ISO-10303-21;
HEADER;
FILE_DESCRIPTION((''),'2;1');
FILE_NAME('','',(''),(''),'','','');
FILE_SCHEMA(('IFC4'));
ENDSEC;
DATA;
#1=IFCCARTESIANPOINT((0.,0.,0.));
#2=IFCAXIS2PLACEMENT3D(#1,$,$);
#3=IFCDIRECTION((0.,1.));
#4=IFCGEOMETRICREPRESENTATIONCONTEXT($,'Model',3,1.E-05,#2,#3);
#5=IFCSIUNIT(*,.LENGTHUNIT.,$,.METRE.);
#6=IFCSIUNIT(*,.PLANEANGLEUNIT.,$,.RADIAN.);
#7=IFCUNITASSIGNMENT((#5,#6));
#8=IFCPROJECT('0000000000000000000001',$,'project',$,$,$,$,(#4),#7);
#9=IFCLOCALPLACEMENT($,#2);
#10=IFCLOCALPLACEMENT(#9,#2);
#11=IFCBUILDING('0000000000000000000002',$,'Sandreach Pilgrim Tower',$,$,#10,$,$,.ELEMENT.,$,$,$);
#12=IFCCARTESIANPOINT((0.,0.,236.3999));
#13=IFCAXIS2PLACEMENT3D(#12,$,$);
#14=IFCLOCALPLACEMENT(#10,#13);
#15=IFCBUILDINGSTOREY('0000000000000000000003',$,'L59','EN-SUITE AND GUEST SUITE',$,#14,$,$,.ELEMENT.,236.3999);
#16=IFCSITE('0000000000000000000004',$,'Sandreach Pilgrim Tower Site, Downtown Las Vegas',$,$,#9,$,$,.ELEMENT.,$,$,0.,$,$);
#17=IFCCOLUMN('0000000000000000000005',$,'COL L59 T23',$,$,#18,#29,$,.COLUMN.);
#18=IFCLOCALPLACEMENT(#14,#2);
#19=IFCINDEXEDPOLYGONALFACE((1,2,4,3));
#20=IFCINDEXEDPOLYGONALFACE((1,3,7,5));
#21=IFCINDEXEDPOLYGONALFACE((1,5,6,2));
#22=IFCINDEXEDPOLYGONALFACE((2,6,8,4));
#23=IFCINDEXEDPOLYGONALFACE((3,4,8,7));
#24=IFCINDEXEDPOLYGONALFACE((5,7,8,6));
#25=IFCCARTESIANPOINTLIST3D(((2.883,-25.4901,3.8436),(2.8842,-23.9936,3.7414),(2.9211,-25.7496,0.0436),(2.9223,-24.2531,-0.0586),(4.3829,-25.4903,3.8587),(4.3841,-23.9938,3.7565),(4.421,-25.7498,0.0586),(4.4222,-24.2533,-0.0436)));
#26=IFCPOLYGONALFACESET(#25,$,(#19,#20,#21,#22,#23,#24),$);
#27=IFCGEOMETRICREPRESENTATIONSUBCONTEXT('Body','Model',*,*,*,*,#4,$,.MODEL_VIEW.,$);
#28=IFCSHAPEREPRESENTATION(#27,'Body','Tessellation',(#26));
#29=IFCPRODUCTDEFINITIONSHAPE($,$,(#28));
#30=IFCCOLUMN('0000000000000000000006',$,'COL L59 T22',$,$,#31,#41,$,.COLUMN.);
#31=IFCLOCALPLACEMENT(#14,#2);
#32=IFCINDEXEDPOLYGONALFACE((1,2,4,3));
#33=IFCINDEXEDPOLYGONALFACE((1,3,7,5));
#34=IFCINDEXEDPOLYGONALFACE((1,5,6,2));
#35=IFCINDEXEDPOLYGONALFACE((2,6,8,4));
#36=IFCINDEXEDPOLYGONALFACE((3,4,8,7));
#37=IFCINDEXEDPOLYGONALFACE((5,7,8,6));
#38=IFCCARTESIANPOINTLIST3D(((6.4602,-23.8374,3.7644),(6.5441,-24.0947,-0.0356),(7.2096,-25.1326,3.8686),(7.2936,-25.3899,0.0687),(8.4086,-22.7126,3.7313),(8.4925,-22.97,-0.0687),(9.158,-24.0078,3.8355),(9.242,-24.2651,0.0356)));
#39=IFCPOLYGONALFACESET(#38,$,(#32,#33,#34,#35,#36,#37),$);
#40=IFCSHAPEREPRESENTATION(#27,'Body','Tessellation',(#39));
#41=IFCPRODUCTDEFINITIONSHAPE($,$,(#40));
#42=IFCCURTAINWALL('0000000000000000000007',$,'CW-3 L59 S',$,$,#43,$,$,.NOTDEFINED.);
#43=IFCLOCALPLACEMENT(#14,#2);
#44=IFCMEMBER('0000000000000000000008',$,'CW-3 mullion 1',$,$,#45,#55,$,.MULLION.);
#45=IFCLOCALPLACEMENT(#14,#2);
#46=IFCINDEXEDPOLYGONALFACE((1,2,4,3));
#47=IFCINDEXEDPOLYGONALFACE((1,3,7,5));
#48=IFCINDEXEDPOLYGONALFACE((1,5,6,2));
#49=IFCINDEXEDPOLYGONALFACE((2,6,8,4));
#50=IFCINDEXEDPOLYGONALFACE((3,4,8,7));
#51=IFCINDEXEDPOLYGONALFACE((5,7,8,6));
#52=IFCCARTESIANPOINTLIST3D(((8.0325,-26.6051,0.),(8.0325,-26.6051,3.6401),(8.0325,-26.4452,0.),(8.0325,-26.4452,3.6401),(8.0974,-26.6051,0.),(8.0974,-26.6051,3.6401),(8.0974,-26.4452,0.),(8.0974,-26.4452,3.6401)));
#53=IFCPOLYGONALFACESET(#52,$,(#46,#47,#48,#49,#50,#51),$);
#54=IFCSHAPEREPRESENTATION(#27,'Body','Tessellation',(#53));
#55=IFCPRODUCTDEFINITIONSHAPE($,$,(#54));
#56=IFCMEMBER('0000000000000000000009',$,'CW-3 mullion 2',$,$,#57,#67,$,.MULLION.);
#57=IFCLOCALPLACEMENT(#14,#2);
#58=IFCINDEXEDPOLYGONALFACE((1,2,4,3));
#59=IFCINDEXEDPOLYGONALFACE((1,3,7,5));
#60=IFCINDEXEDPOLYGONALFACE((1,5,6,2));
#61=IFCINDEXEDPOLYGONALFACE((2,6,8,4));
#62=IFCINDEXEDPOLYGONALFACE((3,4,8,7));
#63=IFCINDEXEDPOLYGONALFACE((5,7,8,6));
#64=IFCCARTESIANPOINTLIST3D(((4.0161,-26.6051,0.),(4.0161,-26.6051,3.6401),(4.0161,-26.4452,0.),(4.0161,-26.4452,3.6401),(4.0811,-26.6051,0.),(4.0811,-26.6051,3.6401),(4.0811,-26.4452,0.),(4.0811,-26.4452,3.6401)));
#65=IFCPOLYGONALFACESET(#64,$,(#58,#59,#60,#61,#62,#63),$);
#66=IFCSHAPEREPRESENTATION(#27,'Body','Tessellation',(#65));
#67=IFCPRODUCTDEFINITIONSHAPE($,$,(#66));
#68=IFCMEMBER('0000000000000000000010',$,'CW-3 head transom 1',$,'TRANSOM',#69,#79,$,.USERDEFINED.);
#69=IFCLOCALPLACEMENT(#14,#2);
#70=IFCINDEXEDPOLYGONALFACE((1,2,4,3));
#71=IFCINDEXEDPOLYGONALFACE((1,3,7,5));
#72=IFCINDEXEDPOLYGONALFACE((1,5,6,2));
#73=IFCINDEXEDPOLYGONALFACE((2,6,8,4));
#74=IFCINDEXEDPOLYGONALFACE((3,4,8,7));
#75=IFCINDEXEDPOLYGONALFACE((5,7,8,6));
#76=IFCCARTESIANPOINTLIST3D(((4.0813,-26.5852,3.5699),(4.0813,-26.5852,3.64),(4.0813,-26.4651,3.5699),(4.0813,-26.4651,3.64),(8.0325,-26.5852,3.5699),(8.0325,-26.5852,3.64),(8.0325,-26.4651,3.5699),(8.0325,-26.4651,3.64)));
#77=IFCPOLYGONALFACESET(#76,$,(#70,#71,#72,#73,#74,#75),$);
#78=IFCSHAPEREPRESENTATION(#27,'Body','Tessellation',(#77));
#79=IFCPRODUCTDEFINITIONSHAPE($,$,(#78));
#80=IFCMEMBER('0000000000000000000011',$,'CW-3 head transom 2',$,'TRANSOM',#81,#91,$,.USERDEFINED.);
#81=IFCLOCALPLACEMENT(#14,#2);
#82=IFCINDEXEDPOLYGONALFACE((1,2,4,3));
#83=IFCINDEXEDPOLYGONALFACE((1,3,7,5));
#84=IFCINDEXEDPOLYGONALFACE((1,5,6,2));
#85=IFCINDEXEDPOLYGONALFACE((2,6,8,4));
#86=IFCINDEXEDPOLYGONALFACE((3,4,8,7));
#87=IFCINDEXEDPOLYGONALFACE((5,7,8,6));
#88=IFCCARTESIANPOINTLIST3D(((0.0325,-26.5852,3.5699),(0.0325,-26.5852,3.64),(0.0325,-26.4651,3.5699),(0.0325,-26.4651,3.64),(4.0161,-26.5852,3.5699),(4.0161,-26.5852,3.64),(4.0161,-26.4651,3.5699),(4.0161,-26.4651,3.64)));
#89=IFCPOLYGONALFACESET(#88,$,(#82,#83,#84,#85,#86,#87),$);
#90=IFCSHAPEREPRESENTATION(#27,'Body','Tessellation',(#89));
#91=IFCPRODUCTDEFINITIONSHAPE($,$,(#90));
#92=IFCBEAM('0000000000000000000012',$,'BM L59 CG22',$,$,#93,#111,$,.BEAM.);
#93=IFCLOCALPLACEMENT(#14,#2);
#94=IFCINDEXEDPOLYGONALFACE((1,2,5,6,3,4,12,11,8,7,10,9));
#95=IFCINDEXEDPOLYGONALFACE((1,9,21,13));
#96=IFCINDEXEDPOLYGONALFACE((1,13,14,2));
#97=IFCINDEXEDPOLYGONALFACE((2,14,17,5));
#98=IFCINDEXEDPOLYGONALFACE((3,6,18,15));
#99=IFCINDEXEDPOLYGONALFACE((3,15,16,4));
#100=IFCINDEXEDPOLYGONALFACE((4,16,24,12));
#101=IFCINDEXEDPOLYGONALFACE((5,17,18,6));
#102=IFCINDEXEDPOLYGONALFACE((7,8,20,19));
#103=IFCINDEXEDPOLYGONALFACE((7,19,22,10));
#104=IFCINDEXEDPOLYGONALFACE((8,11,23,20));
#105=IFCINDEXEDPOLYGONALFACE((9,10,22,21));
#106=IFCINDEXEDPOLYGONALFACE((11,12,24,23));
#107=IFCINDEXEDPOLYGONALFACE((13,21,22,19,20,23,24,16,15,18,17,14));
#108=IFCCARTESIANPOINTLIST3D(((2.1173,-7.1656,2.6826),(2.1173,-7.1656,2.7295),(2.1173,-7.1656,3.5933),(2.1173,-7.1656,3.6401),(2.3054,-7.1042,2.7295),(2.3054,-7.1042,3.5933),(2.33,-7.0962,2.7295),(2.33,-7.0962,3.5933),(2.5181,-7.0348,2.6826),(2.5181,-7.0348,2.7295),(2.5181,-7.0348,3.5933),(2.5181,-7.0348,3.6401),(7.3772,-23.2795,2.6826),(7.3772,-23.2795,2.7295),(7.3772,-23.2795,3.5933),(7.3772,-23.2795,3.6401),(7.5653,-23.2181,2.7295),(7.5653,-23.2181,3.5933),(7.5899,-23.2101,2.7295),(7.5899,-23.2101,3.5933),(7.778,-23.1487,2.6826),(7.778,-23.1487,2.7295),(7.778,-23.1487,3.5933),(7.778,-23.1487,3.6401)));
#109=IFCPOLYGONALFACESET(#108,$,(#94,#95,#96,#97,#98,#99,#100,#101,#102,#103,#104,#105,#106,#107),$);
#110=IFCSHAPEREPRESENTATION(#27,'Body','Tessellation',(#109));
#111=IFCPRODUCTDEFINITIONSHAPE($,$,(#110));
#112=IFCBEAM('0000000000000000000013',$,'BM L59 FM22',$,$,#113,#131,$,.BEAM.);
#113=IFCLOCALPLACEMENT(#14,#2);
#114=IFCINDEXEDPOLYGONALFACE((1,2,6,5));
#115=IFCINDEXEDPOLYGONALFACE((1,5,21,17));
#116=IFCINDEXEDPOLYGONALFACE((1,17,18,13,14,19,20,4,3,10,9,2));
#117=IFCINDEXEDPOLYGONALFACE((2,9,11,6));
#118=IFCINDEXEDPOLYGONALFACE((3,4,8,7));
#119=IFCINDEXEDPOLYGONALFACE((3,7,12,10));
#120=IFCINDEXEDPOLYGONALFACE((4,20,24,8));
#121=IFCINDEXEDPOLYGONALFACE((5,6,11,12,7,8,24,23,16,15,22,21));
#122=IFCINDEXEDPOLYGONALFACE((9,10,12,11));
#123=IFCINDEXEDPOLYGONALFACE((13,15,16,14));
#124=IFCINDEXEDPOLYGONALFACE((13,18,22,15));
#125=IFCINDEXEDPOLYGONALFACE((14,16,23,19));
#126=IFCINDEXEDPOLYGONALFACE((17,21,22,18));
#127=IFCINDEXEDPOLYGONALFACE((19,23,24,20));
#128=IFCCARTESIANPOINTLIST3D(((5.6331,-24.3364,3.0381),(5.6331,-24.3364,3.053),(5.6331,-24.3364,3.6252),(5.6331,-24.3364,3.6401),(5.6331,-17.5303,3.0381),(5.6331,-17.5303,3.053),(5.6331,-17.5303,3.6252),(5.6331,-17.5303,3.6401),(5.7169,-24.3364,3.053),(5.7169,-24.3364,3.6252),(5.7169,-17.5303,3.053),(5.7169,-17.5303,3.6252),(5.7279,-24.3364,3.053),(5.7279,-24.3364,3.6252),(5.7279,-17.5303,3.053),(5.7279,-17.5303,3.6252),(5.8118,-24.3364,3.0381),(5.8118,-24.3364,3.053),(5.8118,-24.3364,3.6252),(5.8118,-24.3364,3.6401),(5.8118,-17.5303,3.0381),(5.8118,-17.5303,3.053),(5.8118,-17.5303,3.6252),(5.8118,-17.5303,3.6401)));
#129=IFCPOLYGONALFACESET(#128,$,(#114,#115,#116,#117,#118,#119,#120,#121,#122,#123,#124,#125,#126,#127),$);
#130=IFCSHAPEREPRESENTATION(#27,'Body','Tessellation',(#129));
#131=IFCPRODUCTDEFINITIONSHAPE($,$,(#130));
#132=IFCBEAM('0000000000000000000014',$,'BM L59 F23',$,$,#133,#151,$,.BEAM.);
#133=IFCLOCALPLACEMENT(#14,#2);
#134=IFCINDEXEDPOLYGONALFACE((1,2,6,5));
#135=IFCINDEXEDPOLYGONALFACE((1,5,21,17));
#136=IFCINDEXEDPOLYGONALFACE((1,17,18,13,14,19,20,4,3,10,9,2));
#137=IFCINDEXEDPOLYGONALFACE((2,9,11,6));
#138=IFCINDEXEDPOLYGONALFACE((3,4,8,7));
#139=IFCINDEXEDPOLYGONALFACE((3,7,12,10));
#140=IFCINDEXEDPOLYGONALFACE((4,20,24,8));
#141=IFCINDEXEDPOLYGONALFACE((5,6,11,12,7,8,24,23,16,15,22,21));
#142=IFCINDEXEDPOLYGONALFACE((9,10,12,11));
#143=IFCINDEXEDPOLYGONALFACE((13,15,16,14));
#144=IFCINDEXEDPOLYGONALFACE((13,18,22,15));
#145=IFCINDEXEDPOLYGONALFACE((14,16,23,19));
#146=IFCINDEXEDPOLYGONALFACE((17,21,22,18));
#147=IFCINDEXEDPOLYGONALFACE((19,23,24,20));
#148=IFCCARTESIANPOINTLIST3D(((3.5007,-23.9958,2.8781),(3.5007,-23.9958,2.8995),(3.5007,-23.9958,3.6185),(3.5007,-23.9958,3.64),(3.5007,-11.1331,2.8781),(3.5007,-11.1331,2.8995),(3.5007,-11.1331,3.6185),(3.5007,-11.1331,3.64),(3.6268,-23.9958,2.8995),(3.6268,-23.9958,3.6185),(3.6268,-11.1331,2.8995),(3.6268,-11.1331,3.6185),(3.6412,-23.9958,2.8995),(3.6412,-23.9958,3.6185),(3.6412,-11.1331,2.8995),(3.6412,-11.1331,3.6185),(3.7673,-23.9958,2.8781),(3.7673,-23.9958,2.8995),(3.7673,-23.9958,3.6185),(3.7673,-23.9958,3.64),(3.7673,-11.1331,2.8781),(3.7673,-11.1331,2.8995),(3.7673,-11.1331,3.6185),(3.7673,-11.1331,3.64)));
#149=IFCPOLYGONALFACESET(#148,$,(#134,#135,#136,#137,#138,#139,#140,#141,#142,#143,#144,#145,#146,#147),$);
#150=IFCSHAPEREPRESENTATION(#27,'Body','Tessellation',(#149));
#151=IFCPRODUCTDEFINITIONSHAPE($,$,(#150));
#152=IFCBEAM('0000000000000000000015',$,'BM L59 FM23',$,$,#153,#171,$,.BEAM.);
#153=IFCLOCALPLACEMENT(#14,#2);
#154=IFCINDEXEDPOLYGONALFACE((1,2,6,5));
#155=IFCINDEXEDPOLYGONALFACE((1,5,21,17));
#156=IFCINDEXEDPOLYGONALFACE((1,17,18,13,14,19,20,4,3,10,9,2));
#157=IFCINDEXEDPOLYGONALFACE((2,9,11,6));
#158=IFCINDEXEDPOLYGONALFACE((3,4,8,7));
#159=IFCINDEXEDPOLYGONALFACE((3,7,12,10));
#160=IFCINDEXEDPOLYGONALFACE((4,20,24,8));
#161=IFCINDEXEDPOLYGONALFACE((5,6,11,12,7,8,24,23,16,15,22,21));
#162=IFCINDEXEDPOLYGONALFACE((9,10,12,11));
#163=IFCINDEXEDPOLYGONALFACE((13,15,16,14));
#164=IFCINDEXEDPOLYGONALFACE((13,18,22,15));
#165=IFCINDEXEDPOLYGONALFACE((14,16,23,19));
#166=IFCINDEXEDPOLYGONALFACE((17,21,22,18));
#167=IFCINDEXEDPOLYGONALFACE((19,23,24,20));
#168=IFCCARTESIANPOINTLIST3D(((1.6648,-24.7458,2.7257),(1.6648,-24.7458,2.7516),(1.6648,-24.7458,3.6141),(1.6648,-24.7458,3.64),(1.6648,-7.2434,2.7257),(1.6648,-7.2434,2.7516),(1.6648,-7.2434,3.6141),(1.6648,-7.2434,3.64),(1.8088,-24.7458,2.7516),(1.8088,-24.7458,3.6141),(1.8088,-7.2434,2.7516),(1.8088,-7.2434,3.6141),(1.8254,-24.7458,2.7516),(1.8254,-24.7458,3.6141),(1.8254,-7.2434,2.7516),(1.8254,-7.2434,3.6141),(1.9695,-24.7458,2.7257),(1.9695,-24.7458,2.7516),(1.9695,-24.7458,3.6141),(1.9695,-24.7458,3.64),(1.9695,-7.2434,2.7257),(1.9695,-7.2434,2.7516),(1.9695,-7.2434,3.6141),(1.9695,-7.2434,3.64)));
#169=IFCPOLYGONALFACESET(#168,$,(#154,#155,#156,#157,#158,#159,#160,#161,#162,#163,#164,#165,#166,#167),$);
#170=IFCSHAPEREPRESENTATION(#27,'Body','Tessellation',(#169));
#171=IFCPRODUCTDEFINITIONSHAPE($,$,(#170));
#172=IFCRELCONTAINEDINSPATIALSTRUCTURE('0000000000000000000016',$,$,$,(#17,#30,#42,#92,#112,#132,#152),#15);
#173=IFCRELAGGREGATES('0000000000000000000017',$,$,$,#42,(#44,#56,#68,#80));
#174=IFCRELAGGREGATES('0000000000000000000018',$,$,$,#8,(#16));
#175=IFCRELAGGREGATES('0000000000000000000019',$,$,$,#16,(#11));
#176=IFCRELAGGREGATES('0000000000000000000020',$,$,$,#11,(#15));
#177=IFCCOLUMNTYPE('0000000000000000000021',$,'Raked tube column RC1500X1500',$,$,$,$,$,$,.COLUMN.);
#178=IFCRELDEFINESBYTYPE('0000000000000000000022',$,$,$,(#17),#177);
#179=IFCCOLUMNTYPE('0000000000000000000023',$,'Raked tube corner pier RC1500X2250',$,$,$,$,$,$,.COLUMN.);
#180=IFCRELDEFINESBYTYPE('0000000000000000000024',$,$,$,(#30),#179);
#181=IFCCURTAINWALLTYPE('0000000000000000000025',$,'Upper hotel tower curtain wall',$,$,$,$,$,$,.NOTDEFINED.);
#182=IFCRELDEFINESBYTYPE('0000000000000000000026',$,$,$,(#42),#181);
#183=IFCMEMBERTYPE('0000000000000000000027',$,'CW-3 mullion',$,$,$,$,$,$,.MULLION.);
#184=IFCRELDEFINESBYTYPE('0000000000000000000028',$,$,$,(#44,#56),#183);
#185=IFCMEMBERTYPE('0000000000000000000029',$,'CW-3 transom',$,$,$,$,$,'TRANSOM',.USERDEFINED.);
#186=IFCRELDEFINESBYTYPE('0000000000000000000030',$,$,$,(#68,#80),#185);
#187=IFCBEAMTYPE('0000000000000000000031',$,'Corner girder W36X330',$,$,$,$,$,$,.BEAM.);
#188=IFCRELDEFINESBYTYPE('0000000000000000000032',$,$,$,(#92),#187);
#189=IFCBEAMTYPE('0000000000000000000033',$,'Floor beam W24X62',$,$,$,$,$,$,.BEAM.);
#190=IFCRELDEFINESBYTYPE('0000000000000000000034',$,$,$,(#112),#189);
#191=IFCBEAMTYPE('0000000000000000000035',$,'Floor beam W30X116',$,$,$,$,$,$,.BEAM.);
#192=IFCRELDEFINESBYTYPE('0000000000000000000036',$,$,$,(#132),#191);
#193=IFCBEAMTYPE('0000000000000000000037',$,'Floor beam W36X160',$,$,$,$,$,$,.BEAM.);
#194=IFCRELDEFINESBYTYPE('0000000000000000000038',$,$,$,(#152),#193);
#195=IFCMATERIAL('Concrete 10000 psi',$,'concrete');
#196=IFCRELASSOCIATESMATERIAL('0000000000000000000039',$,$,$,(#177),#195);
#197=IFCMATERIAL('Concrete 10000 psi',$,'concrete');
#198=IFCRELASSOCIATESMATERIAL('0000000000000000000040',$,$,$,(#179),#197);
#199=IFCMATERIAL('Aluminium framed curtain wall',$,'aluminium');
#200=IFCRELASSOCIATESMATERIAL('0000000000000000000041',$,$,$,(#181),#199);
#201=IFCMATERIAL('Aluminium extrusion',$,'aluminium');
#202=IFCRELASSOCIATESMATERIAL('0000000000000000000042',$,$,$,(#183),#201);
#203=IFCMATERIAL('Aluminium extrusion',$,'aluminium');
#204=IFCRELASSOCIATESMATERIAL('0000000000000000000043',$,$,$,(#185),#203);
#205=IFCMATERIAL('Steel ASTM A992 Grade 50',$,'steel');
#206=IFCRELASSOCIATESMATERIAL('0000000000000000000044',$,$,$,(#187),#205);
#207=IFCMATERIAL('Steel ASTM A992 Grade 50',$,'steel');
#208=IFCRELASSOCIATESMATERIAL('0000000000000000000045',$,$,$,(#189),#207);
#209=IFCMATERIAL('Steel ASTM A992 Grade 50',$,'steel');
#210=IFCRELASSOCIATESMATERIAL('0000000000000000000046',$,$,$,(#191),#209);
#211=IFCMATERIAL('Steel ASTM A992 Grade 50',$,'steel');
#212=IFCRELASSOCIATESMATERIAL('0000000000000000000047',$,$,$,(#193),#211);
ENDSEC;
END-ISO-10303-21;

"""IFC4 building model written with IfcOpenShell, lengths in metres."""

from ifc_helpers import new_model, si_unit, direction, frame, origin, origin_2d, place, context, subcontext, project, spatial, rectangle, i_section, extrude, material, material_profile, profile_set, type_object, element, aggregate, save


model = new_model("IFC4")

# Units and contexts
model_context = context("Model", 3, precision=1e-05, world=origin(), true_north=direction((0.0, 1.0)))
body_context = subcontext(model_context, "Body", "Model", "MODEL_VIEW")
ifc_project = project(units=[si_unit("LENGTHUNIT", "METRE"), si_unit("PLANEANGLEUNIT", "RADIAN")], contexts=[model_context])

# Site, building, storey
site_placement = place(None, origin())
site = spatial("IfcSite", under=ifc_project, at=site_placement, Name="Sandreach Pilgrim Tower Site, Downtown Las Vegas", CompositionType="ELEMENT", RefElevation=0.0)
building_placement = place(site_placement, origin())
building = spatial("IfcBuilding", under=site, at=building_placement, Name="Sandreach Pilgrim Tower", CompositionType="ELEMENT")
storey_placement = place(building_placement, frame((0.0, 0.0, 236.3999)))
storey = spatial("IfcBuildingStorey", under=building, at=storey_placement, Name="L59", Description="EN-SUITE AND GUEST SUITE", CompositionType="ELEMENT", Elevation=236.3999)

# Columns
ifc_material_1 = material(Name="Concrete 10000 psi", Category="concrete")
ifc_material_profile_1 = material_profile(ifc_material_1, rectangle(XDim=1.5, YDim=1.5, at=origin_2d()), Name="RC1500X1500")
ifc_profile_set_1 = profile_set([ifc_material_profile_1], Name="Concrete 10000 psi")
column_type_1 = type_object("IfcColumnType", Name="Raked tube column RC1500X1500", PredefinedType="COLUMN", material=ifc_profile_set_1)
column_1_placement = place(storey_placement, frame((3.6716, -25.0015, 0.0), z_axis=(-0.009999, 0.068132, 0.997626), x_axis=(-0.000785, -0.997676, 0.068128)))
element("IfcColumn", 1, at=column_1_placement, inside=storey, type_object=column_type_1, Name="COL L59 T23", PredefinedType="COLUMN", context=body_context, shape_type="SweptSolid", body=[
    extrude(rectangle(XDim=1.5, YDim=1.5, at=origin_2d()), origin(), (0.0, 0.0, 1.0), 3.8091),
])
ifc_material_2 = material(Name="Concrete 10000 psi", Category="concrete")
ifc_material_profile_2 = material_profile(ifc_material_2, rectangle(XDim=1.5, YDim=2.25, at=origin_2d()), Name="RC1500X2250")
ifc_profile_set_2 = profile_set([ifc_material_profile_2], Name="Concrete 10000 psi")
column_type_2 = type_object("IfcColumnType", Name="Raked tube corner pier RC1500X2250", PredefinedType="COLUMN", material=ifc_profile_set_2)
column_2_placement = place(storey_placement, frame((7.8931, -24.1799, 0.0), z_axis=(-0.022045, 0.067545, 0.997473), x_axis=(0.499636, -0.863442, 0.069511)))
element("IfcColumn", 2, at=column_2_placement, inside=storey, type_object=column_type_2, Name="COL L59 T22", PredefinedType="COLUMN", context=body_context, shape_type="SweptSolid", body=[
    extrude(rectangle(XDim=1.5, YDim=2.25, at=origin_2d()), origin(), (0.0, 0.0, 1.0), 3.8096),
])

# Curtain wall, members
ifc_material_3 = material(Name="Aluminium framed curtain wall", Category="aluminium")
curtain_wall_type = type_object("IfcCurtainWallType", Name="Upper hotel tower curtain wall", PredefinedType="NOTDEFINED", material=ifc_material_3)
curtain_wall_placement = place(storey_placement, origin())
curtain_wall = element("IfcCurtainWall", 3, at=curtain_wall_placement, inside=storey, type_object=curtain_wall_type, Name="CW-3 L59 S", PredefinedType="NOTDEFINED")
ifc_material_4 = material(Name="Aluminium extrusion", Category="aluminium")
ifc_material_profile_3 = material_profile(ifc_material_4, rectangle(XDim=0.0649, YDim=0.1599, at=origin_2d()), Name="CW-3M 65X160")
ifc_profile_set_3 = profile_set([ifc_material_profile_3], Name="Aluminium extrusion")
member_type_1 = type_object("IfcMemberType", Name="CW-3 mullion", PredefinedType="MULLION", material=ifc_profile_set_3)
member_1_placement = place(storey_placement, frame((8.0649, -26.5251, 0.0), z_axis=(0.0, 0.0, 1.0), x_axis=(-1.0, 0.0, 0.0)))
member_1 = element("IfcMember", 4, at=member_1_placement, type_object=member_type_1, Name="CW-3 mullion 1", PredefinedType="MULLION", context=body_context, shape_type="SweptSolid", body=[
    extrude(rectangle(XDim=0.0649, YDim=0.1599, at=origin_2d()), origin(), (0.0, 0.0, 1.0), 3.6401),
])
member_2_placement = place(storey_placement, frame((4.0486, -26.5251, 0.0), z_axis=(0.0, 0.0, 1.0), x_axis=(-1.0, 0.0, 0.0)))
member_2 = element("IfcMember", 5, at=member_2_placement, type_object=member_type_1, Name="CW-3 mullion 2", PredefinedType="MULLION", context=body_context, shape_type="SweptSolid", body=[
    extrude(rectangle(XDim=0.0649, YDim=0.1599, at=origin_2d()), origin(), (0.0, 0.0, 1.0), 3.6401),
])
ifc_material_5 = material(Name="Aluminium extrusion", Category="aluminium")
ifc_material_profile_4 = material_profile(ifc_material_5, rectangle(XDim=0.1201, YDim=0.0701, at=origin_2d()), Name="CW-3T 120X70")
ifc_profile_set_4 = profile_set([ifc_material_profile_4], Name="Aluminium extrusion")
member_type_2 = type_object("IfcMemberType", Name="CW-3 transom", ElementType="TRANSOM", PredefinedType="USERDEFINED", material=ifc_profile_set_4)
member_3_placement = place(storey_placement, frame((8.0325, -26.5251, 3.605), z_axis=(-1.0, 0.0, 0.0), x_axis=(0.0, -1.0, 0.0)))
member_3 = element("IfcMember", 6, at=member_3_placement, type_object=member_type_2, Name="CW-3 head transom 1", ObjectType="TRANSOM", PredefinedType="USERDEFINED", context=body_context, shape_type="SweptSolid", body=[
    extrude(rectangle(XDim=0.1201, YDim=0.0701, at=origin_2d()), origin(), (0.0, 0.0, 1.0), 3.9512),
])
member_4_placement = place(storey_placement, frame((4.0161, -26.5251, 3.605), z_axis=(-1.0, 0.0, 0.0), x_axis=(0.0, -1.0, 0.0)))
member_4 = element("IfcMember", 7, at=member_4_placement, type_object=member_type_2, Name="CW-3 head transom 2", ObjectType="TRANSOM", PredefinedType="USERDEFINED", context=body_context, shape_type="SweptSolid", body=[
    extrude(rectangle(XDim=0.1201, YDim=0.0701, at=origin_2d()), origin(), (0.0, 0.0, 1.0), 3.9836),
])

# Beams
ifc_material_6 = material(Name="Steel ASTM A992 Grade 50", Category="steel")
ifc_material_profile_5 = material_profile(ifc_material_6, i_section(OverallWidth=0.4216, OverallDepth=0.9575, WebThickness=0.0259, FlangeThickness=0.0469, at=origin_2d()), Name="W36X330")
ifc_profile_set_5 = profile_set([ifc_material_profile_5], Name="Steel ASTM A992 Grade 50")
beam_type_1 = type_object("IfcBeamType", Name="Corner girder W36X330", PredefinedType="BEAM", material=ifc_profile_set_5)
beam_1_placement = place(storey_placement, frame((7.5776, -23.2141, 3.1614), z_axis=(-0.310311, 0.950635, 0.0), x_axis=(-0.950635, -0.310311, 0.0)))
element("IfcBeam", 8, at=beam_1_placement, inside=storey, type_object=beam_type_1, Name="BM L59 CG22", PredefinedType="BEAM", context=body_context, shape_type="SweptSolid", body=[
    extrude(i_section(OverallWidth=0.4216, OverallDepth=0.9575, WebThickness=0.0259, FlangeThickness=0.0469, at=origin_2d()), origin(), (0.0, 0.0, 1.0), 16.9507),
])
ifc_material_7 = material(Name="Steel ASTM A992 Grade 50", Category="steel")
ifc_material_profile_6 = material_profile(ifc_material_7, i_section(OverallWidth=0.1787, OverallDepth=0.6021, WebThickness=0.011, FlangeThickness=0.0149, at=origin_2d()), Name="W24X62")
ifc_profile_set_6 = profile_set([ifc_material_profile_6], Name="Steel ASTM A992 Grade 50")
beam_type_2 = type_object("IfcBeamType", Name="Floor beam W24X62", PredefinedType="BEAM", material=ifc_profile_set_6)
beam_2_placement = place(storey_placement, frame((5.7224, -24.3364, 3.3391), z_axis=(0.0, 1.0, 0.0), x_axis=(-1.0, 0.0, 0.0)))
element("IfcBeam", 9, at=beam_2_placement, inside=storey, type_object=beam_type_2, Name="BM L59 FM22", PredefinedType="BEAM", context=body_context, shape_type="SweptSolid", body=[
    extrude(i_section(OverallWidth=0.1787, OverallDepth=0.6021, WebThickness=0.011, FlangeThickness=0.0149, at=origin_2d()), origin(), (0.0, 0.0, 1.0), 6.8062),
])
ifc_material_8 = material(Name="Steel ASTM A992 Grade 50", Category="steel")
ifc_material_profile_7 = material_profile(ifc_material_8, i_section(OverallWidth=0.2666, OverallDepth=0.762, WebThickness=0.0144, FlangeThickness=0.0215, at=origin_2d()), Name="W30X116")
ifc_profile_set_7 = profile_set([ifc_material_profile_7], Name="Steel ASTM A992 Grade 50")
beam_type_3 = type_object("IfcBeamType", Name="Floor beam W30X116", PredefinedType="BEAM", material=ifc_profile_set_7)
beam_3_placement = place(storey_placement, frame((3.634, -23.9958, 3.259), z_axis=(0.0, 1.0, 0.0), x_axis=(-1.0, 0.0, 0.0)))
element("IfcBeam", 10, at=beam_3_placement, inside=storey, type_object=beam_type_3, Name="BM L59 F23", PredefinedType="BEAM", context=body_context, shape_type="SweptSolid", body=[
    extrude(i_section(OverallWidth=0.2666, OverallDepth=0.762, WebThickness=0.0144, FlangeThickness=0.0215, at=origin_2d()), origin(), (0.0, 0.0, 1.0), 12.8628),
])
ifc_material_9 = material(Name="Steel ASTM A992 Grade 50", Category="steel")
ifc_material_profile_8 = material_profile(ifc_material_9, i_section(OverallWidth=0.3047, OverallDepth=0.9143, WebThickness=0.0166, FlangeThickness=0.0259, at=origin_2d()), Name="W36X160")
ifc_profile_set_8 = profile_set([ifc_material_profile_8], Name="Steel ASTM A992 Grade 50")
beam_type_4 = type_object("IfcBeamType", Name="Floor beam W36X160", PredefinedType="BEAM", material=ifc_profile_set_8)
beam_4_placement = place(storey_placement, frame((1.8171, -24.7458, 3.1829), z_axis=(0.0, 1.0, 0.0), x_axis=(-1.0, 0.0, 0.0)))
element("IfcBeam", 11, at=beam_4_placement, inside=storey, type_object=beam_type_4, Name="BM L59 FM23", PredefinedType="BEAM", context=body_context, shape_type="SweptSolid", body=[
    extrude(i_section(OverallWidth=0.3047, OverallDepth=0.9143, WebThickness=0.0166, FlangeThickness=0.0259, at=origin_2d()), origin(), (0.0, 0.0, 1.0), 17.5024),
])

aggregate(curtain_wall, [member_1, member_2, member_3, member_4])

save(model, "model.ifc")
